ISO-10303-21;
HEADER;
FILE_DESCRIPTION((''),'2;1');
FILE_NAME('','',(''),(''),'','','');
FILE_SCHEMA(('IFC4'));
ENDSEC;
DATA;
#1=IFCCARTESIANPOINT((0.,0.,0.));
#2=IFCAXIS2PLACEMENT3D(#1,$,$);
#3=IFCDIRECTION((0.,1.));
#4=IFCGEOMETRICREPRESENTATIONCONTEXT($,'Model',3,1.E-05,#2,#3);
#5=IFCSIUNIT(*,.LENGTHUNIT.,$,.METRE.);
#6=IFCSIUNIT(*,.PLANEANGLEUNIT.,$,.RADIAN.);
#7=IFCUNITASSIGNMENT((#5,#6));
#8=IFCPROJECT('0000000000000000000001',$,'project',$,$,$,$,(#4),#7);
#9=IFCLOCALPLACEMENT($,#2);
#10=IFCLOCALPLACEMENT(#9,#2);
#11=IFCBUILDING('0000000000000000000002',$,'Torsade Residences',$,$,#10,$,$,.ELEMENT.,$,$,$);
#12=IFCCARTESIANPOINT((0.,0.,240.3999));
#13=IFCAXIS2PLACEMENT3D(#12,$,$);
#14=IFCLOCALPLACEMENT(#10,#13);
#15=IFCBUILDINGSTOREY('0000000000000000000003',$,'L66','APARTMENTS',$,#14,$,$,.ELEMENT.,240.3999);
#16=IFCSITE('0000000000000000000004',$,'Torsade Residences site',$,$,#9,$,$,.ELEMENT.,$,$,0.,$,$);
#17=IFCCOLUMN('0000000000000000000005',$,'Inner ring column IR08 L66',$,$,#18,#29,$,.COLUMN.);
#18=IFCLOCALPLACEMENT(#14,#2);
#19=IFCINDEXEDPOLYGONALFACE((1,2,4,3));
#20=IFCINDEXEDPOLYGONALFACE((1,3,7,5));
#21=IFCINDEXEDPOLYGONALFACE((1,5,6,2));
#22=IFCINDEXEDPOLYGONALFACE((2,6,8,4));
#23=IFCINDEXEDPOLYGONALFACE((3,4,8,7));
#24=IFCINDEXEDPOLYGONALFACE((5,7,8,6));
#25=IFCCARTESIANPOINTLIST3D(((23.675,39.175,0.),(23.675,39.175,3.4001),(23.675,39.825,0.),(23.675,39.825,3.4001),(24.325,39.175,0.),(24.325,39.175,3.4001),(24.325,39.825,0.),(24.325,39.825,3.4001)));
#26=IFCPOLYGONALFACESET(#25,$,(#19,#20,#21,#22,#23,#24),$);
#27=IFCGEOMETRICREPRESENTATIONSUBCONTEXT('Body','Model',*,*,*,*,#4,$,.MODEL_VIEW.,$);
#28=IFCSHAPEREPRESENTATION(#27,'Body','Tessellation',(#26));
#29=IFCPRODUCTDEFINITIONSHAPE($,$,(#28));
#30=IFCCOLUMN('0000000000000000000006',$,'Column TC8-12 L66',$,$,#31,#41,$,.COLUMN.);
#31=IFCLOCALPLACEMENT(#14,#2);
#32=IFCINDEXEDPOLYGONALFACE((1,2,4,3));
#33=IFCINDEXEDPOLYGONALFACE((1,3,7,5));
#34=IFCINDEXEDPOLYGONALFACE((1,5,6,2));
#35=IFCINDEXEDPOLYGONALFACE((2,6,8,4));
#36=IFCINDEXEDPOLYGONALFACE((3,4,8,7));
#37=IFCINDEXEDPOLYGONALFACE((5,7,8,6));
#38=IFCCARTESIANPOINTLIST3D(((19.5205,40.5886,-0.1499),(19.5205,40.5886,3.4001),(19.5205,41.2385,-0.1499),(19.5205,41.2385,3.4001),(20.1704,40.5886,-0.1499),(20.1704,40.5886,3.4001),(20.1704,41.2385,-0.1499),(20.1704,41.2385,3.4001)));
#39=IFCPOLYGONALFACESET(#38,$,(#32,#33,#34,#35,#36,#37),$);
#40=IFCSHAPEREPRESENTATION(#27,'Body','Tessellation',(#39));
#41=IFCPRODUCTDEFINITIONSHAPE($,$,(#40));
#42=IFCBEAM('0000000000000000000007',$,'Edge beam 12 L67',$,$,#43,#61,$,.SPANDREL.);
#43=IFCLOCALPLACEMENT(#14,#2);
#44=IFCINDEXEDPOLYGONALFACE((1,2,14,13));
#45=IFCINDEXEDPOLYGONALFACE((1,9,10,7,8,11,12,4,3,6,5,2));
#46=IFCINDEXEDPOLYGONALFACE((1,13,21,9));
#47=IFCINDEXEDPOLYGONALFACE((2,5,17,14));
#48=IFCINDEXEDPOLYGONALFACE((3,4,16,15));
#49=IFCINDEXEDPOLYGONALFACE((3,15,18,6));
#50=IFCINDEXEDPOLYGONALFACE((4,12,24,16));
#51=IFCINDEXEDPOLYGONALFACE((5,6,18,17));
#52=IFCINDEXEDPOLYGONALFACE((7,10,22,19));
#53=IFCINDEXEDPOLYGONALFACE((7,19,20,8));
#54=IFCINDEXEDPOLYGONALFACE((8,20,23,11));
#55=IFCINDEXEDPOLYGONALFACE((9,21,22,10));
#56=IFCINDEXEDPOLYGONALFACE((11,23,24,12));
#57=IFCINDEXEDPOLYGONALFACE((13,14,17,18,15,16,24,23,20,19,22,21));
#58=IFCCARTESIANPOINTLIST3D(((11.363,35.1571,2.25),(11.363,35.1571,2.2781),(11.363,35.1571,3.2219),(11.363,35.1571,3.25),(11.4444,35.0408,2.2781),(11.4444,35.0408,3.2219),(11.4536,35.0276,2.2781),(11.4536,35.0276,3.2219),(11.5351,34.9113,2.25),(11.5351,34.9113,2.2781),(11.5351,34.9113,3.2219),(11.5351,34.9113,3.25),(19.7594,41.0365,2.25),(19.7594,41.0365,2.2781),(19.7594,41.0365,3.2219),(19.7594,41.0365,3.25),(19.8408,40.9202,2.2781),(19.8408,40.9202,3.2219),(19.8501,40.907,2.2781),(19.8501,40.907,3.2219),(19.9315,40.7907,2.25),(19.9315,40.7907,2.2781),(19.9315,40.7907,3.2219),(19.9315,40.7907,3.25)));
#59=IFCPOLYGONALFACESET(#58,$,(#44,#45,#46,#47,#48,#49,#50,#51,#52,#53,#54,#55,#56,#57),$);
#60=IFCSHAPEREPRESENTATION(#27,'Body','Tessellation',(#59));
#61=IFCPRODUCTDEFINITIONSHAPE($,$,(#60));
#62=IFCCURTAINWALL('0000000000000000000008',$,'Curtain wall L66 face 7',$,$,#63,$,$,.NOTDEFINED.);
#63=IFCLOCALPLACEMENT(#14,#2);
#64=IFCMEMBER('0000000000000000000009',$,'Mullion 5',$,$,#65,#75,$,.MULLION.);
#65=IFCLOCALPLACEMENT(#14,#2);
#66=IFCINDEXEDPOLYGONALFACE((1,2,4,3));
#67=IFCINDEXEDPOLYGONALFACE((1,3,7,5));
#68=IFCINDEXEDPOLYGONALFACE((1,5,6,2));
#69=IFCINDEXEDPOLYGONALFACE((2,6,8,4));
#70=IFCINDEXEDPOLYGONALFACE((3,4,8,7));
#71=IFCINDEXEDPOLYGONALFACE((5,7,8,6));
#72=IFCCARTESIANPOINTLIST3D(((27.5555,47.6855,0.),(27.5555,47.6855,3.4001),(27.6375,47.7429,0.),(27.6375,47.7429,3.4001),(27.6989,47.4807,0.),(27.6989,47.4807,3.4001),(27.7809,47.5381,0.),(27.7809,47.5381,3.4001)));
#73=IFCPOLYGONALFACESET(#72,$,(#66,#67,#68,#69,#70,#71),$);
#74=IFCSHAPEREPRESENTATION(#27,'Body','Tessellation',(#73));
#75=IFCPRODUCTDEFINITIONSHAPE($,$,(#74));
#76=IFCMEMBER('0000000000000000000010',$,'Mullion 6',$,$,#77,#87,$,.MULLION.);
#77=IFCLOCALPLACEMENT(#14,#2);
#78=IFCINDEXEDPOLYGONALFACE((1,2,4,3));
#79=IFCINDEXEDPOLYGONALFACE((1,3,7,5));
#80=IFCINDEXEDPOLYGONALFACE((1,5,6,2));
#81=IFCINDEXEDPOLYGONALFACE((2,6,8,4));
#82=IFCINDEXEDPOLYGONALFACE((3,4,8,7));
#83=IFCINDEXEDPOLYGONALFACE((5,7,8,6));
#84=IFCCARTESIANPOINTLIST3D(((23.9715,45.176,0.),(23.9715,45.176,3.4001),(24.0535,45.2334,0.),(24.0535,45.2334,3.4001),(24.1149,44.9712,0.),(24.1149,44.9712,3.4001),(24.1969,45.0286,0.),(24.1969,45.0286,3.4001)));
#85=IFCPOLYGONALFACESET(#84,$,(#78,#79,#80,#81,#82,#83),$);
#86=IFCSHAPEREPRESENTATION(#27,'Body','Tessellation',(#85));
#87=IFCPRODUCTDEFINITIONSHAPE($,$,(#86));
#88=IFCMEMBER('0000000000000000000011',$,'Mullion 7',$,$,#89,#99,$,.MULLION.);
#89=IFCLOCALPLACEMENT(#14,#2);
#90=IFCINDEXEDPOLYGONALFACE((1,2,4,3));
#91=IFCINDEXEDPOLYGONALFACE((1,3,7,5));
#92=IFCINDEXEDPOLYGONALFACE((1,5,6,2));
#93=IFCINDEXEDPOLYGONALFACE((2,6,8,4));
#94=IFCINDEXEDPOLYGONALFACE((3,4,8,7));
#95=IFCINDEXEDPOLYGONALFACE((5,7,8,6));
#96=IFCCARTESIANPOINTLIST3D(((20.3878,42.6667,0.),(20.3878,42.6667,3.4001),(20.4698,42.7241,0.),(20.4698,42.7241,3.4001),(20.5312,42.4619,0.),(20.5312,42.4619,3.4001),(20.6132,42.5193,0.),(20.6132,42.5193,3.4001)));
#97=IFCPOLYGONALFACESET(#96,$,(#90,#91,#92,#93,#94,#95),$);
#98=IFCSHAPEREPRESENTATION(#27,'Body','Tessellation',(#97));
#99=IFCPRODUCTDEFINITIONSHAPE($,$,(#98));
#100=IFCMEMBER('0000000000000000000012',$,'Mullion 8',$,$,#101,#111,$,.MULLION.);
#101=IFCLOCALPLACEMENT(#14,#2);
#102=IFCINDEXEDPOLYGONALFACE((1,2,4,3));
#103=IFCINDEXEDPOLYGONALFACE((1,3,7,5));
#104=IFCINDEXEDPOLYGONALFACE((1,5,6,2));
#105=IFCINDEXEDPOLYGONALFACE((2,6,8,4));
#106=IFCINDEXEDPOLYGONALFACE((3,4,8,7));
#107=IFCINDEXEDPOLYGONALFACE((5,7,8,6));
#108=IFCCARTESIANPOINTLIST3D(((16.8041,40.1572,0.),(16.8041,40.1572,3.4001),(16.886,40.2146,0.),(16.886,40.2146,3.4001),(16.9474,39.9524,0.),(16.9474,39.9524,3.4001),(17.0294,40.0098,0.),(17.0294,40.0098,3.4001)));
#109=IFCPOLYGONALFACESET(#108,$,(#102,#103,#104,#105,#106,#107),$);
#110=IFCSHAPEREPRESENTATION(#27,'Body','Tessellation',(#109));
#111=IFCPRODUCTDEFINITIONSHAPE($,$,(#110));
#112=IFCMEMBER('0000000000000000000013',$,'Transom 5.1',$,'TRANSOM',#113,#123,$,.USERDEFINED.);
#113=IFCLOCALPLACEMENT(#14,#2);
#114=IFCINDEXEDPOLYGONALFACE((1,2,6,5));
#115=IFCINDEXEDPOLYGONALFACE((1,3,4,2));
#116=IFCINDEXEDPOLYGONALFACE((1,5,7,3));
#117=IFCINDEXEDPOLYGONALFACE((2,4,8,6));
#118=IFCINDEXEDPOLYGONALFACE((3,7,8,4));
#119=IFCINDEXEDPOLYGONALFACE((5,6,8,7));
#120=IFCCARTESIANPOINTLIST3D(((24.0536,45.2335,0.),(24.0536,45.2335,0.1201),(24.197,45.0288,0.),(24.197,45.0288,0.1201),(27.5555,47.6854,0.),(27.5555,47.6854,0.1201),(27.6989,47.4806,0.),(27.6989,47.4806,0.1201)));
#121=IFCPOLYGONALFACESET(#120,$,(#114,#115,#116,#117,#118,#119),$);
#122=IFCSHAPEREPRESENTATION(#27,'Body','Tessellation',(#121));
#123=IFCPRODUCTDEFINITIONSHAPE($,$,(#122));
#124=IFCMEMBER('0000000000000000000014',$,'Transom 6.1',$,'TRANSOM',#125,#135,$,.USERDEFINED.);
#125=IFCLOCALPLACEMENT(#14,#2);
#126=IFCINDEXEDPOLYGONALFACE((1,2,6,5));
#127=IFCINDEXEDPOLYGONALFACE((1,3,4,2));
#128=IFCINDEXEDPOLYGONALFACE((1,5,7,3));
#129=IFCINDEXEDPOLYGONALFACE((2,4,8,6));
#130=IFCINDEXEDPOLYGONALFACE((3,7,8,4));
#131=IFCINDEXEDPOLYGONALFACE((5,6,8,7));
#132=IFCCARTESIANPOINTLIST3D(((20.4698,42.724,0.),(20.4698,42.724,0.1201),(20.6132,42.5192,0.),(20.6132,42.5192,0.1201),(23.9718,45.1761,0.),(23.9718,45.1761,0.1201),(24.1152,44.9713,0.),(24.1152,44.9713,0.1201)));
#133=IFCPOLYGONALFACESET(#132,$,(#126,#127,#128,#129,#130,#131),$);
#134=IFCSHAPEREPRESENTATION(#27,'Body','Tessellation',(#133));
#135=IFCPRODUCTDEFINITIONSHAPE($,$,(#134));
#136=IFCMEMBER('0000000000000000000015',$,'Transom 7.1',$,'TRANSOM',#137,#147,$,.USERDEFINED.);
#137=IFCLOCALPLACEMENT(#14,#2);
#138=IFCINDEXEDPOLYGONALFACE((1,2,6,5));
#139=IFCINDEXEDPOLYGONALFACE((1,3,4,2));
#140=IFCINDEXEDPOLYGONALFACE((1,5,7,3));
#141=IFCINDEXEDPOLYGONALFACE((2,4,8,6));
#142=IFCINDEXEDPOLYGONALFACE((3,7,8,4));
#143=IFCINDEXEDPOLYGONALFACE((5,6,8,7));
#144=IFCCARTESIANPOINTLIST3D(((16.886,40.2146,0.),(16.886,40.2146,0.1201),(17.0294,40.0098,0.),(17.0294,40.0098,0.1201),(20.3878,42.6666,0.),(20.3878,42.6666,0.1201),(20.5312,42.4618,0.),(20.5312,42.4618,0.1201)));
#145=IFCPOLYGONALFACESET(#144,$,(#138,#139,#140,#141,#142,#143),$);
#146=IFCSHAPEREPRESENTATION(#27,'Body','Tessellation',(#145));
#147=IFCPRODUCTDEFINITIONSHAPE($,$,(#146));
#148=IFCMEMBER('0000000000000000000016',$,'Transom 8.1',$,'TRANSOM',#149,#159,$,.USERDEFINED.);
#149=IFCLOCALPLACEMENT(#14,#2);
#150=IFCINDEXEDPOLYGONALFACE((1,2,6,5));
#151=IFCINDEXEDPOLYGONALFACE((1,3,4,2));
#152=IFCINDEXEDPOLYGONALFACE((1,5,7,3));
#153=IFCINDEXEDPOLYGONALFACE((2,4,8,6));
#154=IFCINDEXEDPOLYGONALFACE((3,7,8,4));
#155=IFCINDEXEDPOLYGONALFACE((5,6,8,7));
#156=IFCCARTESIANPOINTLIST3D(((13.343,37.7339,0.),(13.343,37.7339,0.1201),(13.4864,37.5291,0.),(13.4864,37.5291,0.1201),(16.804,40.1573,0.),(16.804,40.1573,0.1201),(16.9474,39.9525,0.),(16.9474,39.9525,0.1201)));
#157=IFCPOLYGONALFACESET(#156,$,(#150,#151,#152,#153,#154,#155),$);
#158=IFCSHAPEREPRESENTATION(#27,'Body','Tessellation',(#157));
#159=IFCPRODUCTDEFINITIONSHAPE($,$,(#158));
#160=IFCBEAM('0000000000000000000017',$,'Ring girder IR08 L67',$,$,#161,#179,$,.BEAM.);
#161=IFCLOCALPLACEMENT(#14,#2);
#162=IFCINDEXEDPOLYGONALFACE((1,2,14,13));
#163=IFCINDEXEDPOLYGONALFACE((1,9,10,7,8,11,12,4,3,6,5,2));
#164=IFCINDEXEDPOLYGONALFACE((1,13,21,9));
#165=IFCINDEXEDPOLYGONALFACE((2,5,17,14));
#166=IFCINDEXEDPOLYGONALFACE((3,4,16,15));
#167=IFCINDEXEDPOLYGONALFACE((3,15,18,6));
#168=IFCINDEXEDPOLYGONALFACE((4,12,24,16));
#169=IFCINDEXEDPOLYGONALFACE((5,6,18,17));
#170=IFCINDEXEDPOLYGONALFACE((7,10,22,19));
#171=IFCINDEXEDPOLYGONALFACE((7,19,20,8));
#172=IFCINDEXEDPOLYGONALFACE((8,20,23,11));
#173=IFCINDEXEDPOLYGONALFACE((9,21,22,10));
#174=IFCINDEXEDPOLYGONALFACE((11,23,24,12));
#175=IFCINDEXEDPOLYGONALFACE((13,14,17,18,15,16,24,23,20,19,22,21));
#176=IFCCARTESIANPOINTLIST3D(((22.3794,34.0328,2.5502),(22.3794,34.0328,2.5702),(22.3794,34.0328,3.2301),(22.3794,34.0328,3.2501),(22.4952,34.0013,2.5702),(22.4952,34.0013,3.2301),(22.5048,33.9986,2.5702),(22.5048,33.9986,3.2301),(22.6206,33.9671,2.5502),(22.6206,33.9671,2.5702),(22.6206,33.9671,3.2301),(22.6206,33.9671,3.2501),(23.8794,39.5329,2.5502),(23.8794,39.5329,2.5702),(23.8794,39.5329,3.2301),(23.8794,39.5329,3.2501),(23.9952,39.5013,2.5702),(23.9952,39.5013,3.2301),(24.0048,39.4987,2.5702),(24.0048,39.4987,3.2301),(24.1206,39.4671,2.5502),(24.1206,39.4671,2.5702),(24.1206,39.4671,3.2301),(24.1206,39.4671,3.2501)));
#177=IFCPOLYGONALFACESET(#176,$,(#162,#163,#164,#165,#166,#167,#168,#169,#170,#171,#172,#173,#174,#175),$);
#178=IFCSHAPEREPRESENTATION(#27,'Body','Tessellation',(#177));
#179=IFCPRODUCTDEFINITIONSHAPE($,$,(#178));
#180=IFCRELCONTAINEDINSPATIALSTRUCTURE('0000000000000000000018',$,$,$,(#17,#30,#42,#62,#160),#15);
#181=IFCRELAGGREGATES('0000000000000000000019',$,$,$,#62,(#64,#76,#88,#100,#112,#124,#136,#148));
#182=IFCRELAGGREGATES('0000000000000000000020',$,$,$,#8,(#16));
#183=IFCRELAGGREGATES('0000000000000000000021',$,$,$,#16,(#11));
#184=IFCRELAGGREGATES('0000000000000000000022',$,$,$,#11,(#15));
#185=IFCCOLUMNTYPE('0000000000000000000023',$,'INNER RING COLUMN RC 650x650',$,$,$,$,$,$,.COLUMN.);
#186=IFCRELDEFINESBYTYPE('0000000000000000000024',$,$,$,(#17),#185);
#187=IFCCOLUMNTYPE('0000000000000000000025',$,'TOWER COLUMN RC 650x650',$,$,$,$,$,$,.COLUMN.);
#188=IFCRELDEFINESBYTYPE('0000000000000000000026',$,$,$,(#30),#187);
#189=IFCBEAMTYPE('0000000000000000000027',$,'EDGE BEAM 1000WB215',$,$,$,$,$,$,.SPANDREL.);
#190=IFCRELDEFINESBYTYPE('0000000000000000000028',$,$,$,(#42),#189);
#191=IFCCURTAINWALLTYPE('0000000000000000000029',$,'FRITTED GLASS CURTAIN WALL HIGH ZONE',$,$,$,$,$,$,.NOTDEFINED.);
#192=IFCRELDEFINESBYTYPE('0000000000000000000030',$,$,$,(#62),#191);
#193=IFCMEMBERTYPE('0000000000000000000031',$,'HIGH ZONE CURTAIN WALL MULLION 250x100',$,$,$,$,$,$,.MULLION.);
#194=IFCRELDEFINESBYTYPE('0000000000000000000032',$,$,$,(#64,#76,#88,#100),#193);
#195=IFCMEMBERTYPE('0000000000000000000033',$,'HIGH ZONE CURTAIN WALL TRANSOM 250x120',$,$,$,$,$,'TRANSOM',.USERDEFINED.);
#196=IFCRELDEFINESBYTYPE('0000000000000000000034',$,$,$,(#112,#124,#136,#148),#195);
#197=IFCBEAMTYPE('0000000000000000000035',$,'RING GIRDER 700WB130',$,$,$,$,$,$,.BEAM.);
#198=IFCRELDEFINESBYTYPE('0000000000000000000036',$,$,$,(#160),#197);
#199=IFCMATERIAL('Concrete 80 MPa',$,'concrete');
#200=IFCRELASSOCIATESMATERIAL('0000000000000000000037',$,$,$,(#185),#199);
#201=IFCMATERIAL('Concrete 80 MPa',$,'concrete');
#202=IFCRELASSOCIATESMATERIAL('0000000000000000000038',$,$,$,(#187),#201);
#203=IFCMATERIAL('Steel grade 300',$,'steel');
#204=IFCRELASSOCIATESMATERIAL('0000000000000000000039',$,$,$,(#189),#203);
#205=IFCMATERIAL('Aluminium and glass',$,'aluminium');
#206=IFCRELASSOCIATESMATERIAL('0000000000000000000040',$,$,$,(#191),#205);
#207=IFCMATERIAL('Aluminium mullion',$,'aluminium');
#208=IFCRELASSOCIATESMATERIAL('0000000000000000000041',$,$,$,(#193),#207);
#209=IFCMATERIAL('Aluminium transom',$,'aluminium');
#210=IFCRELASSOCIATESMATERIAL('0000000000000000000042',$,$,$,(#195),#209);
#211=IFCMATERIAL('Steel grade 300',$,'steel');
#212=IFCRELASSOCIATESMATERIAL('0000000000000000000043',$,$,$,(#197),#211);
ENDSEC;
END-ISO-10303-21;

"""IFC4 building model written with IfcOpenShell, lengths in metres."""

from ifc_helpers import new_model, si_unit, direction, frame, origin, origin_2d, place, context, subcontext, project, spatial, rectangle, i_section, extrude, material, material_profile, profile_set, type_object, element, aggregate, save


model = new_model("IFC4")

# Units and contexts
model_context = context("Model", 3, precision=1e-05, world=origin(), true_north=direction((0.0, 1.0)))
body_context = subcontext(model_context, "Body", "Model", "MODEL_VIEW")
ifc_project = project(units=[si_unit("LENGTHUNIT", "METRE"), si_unit("PLANEANGLEUNIT", "RADIAN")], contexts=[model_context])

# Site, building, storey
site_placement = place(None, origin())
site = spatial("IfcSite", under=ifc_project, at=site_placement, Name="Torsade Residences site", CompositionType="ELEMENT", RefElevation=0.0)
building_placement = place(site_placement, origin())
building = spatial("IfcBuilding", under=site, at=building_placement, Name="Torsade Residences", CompositionType="ELEMENT")
storey_placement = place(building_placement, frame((0.0, 0.0, 240.3999)))
storey = spatial("IfcBuildingStorey", under=building, at=storey_placement, Name="L66", Description="APARTMENTS", CompositionType="ELEMENT", Elevation=240.3999)

# Columns
ifc_material_1 = material(Name="Concrete 80 MPa", Category="concrete")
ifc_material_profile_1 = material_profile(ifc_material_1, rectangle(XDim=0.6499, YDim=0.6499, at=origin_2d()), Name="RC 650x650")
ifc_profile_set_1 = profile_set([ifc_material_profile_1], Name="Concrete 80 MPa")
column_type_1 = type_object("IfcColumnType", Name="INNER RING COLUMN RC 650x650", PredefinedType="COLUMN", material=ifc_profile_set_1)
column_1_placement = place(storey_placement, frame((24.0, 39.5, 0.0), z_axis=(0.0, 0.0, 1.0), x_axis=(1.0, 0.0, 0.0)))
element("IfcColumn", 1, at=column_1_placement, inside=storey, type_object=column_type_1, Name="Inner ring column IR08 L66", PredefinedType="COLUMN", context=body_context, shape_type="SweptSolid", body=[
    extrude(rectangle(XDim=0.6499, YDim=0.6499, at=origin_2d()), origin(), (0.0, 0.0, 1.0), 3.4001),
])
ifc_material_2 = material(Name="Concrete 80 MPa", Category="concrete")
ifc_material_profile_2 = material_profile(ifc_material_2, rectangle(XDim=0.6499, YDim=0.6499, at=origin_2d()), Name="RC 650x650")
ifc_profile_set_2 = profile_set([ifc_material_profile_2], Name="Concrete 80 MPa")
column_type_2 = type_object("IfcColumnType", Name="TOWER COLUMN RC 650x650", PredefinedType="COLUMN", material=ifc_profile_set_2)
column_2_placement = place(storey_placement, frame((19.8455, 40.9136, -0.1499), z_axis=(0.0, 0.0, 1.0), x_axis=(1.0, 0.0, 0.0)))
element("IfcColumn", 2, at=column_2_placement, inside=storey, type_object=column_type_2, Name="Column TC8-12 L66", PredefinedType="COLUMN", context=body_context, shape_type="SweptSolid", body=[
    extrude(rectangle(XDim=0.6499, YDim=0.6499, at=origin_2d()), origin(), (0.0, 0.0, 1.0), 3.55),
])

# Beam
ifc_material_3 = material(Name="Steel grade 300", Category="steel")
ifc_material_profile_3 = material_profile(ifc_material_3, i_section(OverallWidth=0.3, OverallDepth=1.0, WebThickness=0.0161, FlangeThickness=0.0281, at=origin_2d()), Name="1000WB215")
ifc_profile_set_3 = profile_set([ifc_material_profile_3], Name="Steel grade 300")
beam_type_1 = type_object("IfcBeamType", Name="EDGE BEAM 1000WB215", PredefinedType="SPANDREL", material=ifc_profile_set_3)
beam_1_placement = place(storey_placement, frame((19.8455, 40.9136, 2.75), z_axis=(-0.819147, -0.573584, 0.0), x_axis=(0.573584, -0.819147, 0.0)))
element("IfcBeam", 3, at=beam_1_placement, inside=storey, type_object=beam_type_1, Name="Edge beam 12 L67", PredefinedType="SPANDREL", context=body_context, shape_type="SweptSolid", body=[
    extrude(i_section(OverallWidth=0.3, OverallDepth=1.0, WebThickness=0.0161, FlangeThickness=0.0281, at=origin_2d()), origin(), (0.0, 0.0, 1.0), 10.2502),
])

# Curtain wall, members
ifc_material_4 = material(Name="Aluminium and glass", Category="aluminium")
curtain_wall_type = type_object("IfcCurtainWallType", Name="FRITTED GLASS CURTAIN WALL HIGH ZONE", PredefinedType="NOTDEFINED", material=ifc_material_4)
curtain_wall_placement = place(storey_placement, origin())
curtain_wall = element("IfcCurtainWall", 4, at=curtain_wall_placement, inside=storey, type_object=curtain_wall_type, Name="Curtain wall L66 face 7", PredefinedType="NOTDEFINED")
ifc_material_5 = material(Name="Aluminium mullion", Category="aluminium")
ifc_material_profile_4 = material_profile(ifc_material_5, rectangle(XDim=0.25, YDim=0.1001, at=origin_2d()), Name="HIGH ZONE CURTAIN WALL MULLION 250x100")
ifc_profile_set_4 = profile_set([ifc_material_profile_4], Name="Aluminium mullion")
member_type_1 = type_object("IfcMemberType", Name="HIGH ZONE CURTAIN WALL MULLION 250x100", PredefinedType="MULLION", material=ifc_profile_set_4)
member_1_placement = place(storey_placement, frame((27.6682, 47.6118, 0.0), z_axis=(0.0, 0.0, 1.0), x_axis=(0.573576, -0.819152, 0.0)))
member_1 = element("IfcMember", 5, at=member_1_placement, type_object=member_type_1, Name="Mullion 5", PredefinedType="MULLION", context=body_context, shape_type="SweptSolid", body=[
    extrude(rectangle(XDim=0.25, YDim=0.1001, at=origin_2d()), origin(), (0.0, 0.0, 1.0), 3.4001),
])
member_2_placement = place(storey_placement, frame((24.0842, 45.1023, 0.0), z_axis=(0.0, 0.0, 1.0), x_axis=(0.573576, -0.819152, 0.0)))
member_2 = element("IfcMember", 6, at=member_2_placement, type_object=member_type_1, Name="Mullion 6", PredefinedType="MULLION", context=body_context, shape_type="SweptSolid", body=[
    extrude(rectangle(XDim=0.25, YDim=0.1001, at=origin_2d()), origin(), (0.0, 0.0, 1.0), 3.4001),
])
member_3_placement = place(storey_placement, frame((20.5005, 42.593, 0.0), z_axis=(0.0, 0.0, 1.0), x_axis=(0.573576, -0.819152, 0.0)))
member_3 = element("IfcMember", 7, at=member_3_placement, type_object=member_type_1, Name="Mullion 7", PredefinedType="MULLION", context=body_context, shape_type="SweptSolid", body=[
    extrude(rectangle(XDim=0.25, YDim=0.1001, at=origin_2d()), origin(), (0.0, 0.0, 1.0), 3.4001),
])
member_4_placement = place(storey_placement, frame((16.9167, 40.0835, 0.0), z_axis=(0.0, 0.0, 1.0), x_axis=(0.573576, -0.819152, 0.0)))
member_4 = element("IfcMember", 8, at=member_4_placement, type_object=member_type_1, Name="Mullion 8", PredefinedType="MULLION", context=body_context, shape_type="SweptSolid", body=[
    extrude(rectangle(XDim=0.25, YDim=0.1001, at=origin_2d()), origin(), (0.0, 0.0, 1.0), 3.4001),
])
ifc_material_6 = material(Name="Aluminium transom", Category="aluminium")
ifc_material_profile_5 = material_profile(ifc_material_6, rectangle(XDim=0.25, YDim=0.1201, at=origin_2d()), Name="HIGH ZONE CURTAIN WALL TRANSOM 250x120")
ifc_profile_set_5 = profile_set([ifc_material_profile_5], Name="Aluminium transom")
member_type_2 = type_object("IfcMemberType", Name="HIGH ZONE CURTAIN WALL TRANSOM 250x120", ElementType="TRANSOM", PredefinedType="USERDEFINED", material=ifc_profile_set_5)
member_5_placement = place(storey_placement, frame((27.6272, 47.583, 0.0601), z_axis=(-0.819173, -0.573547, 0.0), x_axis=(0.573547, -0.819173, 0.0)))
member_5 = element("IfcMember", 9, at=member_5_placement, type_object=member_type_2, Name="Transom 5.1", ObjectType="TRANSOM", PredefinedType="USERDEFINED", context=body_context, shape_type="SweptSolid", body=[
    extrude(rectangle(XDim=0.25, YDim=0.1201, at=origin_2d()), origin(), (0.0, 0.0, 1.0), 4.2749),
])
member_6_placement = place(storey_placement, frame((24.0435, 45.0737, 0.0601), z_axis=(-0.819146, -0.573585, 0.0), x_axis=(0.573585, -0.819146, 0.0)))
member_6 = element("IfcMember", 10, at=member_6_placement, type_object=member_type_2, Name="Transom 6.1", ObjectType="TRANSOM", PredefinedType="USERDEFINED", context=body_context, shape_type="SweptSolid", body=[
    extrude(rectangle(XDim=0.25, YDim=0.1201, at=origin_2d()), origin(), (0.0, 0.0, 1.0), 4.2751),
])
member_7_placement = place(storey_placement, frame((20.4595, 42.5642, 0.0601), z_axis=(-0.819154, -0.573573, 0.0), x_axis=(0.573573, -0.819154, 0.0)))
member_7 = element("IfcMember", 11, at=member_7_placement, type_object=member_type_2, Name="Transom 7.1", ObjectType="TRANSOM", PredefinedType="USERDEFINED", context=body_context, shape_type="SweptSolid", body=[
    extrude(rectangle(XDim=0.25, YDim=0.1201, at=origin_2d()), origin(), (0.0, 0.0, 1.0), 4.2749),
])
member_8_placement = place(storey_placement, frame((16.8757, 40.0549, 0.0601), z_axis=(-0.819156, -0.573571, 0.0), x_axis=(0.573571, -0.819156, 0.0)))
member_8 = element("IfcMember", 12, at=member_8_placement, type_object=member_type_2, Name="Transom 8.1", ObjectType="TRANSOM", PredefinedType="USERDEFINED", context=body_context, shape_type="SweptSolid", body=[
    extrude(rectangle(XDim=0.25, YDim=0.1201, at=origin_2d()), origin(), (0.0, 0.0, 1.0), 4.2251),
])

# Beam
ifc_material_7 = material(Name="Steel grade 300", Category="steel")
ifc_material_profile_6 = material_profile(ifc_material_7, i_section(OverallWidth=0.25, OverallDepth=0.7, WebThickness=0.01, FlangeThickness=0.02, at=origin_2d()), Name="700WB130")
ifc_profile_set_6 = profile_set([ifc_material_profile_6], Name="Steel grade 300")
beam_type_2 = type_object("IfcBeamType", Name="RING GIRDER 700WB130", PredefinedType="BEAM", material=ifc_profile_set_6)
beam_2_placement = place(storey_placement, frame((24.0, 39.5, 2.9001), z_axis=(-0.263117, -0.964764, 0.0), x_axis=(0.964764, -0.263117, 0.0)))
element("IfcBeam", 13, at=beam_2_placement, inside=storey, type_object=beam_type_2, Name="Ring girder IR08 L67", PredefinedType="BEAM", context=body_context, shape_type="SweptSolid", body=[
    extrude(i_section(OverallWidth=0.25, OverallDepth=0.7, WebThickness=0.01, FlangeThickness=0.02, at=origin_2d()), origin(), (0.0, 0.0, 1.0), 5.7009),
])

aggregate(curtain_wall, [member_1, member_2, member_3, member_4, member_5, member_6, member_7, member_8])

save(model, "model.ifc")
